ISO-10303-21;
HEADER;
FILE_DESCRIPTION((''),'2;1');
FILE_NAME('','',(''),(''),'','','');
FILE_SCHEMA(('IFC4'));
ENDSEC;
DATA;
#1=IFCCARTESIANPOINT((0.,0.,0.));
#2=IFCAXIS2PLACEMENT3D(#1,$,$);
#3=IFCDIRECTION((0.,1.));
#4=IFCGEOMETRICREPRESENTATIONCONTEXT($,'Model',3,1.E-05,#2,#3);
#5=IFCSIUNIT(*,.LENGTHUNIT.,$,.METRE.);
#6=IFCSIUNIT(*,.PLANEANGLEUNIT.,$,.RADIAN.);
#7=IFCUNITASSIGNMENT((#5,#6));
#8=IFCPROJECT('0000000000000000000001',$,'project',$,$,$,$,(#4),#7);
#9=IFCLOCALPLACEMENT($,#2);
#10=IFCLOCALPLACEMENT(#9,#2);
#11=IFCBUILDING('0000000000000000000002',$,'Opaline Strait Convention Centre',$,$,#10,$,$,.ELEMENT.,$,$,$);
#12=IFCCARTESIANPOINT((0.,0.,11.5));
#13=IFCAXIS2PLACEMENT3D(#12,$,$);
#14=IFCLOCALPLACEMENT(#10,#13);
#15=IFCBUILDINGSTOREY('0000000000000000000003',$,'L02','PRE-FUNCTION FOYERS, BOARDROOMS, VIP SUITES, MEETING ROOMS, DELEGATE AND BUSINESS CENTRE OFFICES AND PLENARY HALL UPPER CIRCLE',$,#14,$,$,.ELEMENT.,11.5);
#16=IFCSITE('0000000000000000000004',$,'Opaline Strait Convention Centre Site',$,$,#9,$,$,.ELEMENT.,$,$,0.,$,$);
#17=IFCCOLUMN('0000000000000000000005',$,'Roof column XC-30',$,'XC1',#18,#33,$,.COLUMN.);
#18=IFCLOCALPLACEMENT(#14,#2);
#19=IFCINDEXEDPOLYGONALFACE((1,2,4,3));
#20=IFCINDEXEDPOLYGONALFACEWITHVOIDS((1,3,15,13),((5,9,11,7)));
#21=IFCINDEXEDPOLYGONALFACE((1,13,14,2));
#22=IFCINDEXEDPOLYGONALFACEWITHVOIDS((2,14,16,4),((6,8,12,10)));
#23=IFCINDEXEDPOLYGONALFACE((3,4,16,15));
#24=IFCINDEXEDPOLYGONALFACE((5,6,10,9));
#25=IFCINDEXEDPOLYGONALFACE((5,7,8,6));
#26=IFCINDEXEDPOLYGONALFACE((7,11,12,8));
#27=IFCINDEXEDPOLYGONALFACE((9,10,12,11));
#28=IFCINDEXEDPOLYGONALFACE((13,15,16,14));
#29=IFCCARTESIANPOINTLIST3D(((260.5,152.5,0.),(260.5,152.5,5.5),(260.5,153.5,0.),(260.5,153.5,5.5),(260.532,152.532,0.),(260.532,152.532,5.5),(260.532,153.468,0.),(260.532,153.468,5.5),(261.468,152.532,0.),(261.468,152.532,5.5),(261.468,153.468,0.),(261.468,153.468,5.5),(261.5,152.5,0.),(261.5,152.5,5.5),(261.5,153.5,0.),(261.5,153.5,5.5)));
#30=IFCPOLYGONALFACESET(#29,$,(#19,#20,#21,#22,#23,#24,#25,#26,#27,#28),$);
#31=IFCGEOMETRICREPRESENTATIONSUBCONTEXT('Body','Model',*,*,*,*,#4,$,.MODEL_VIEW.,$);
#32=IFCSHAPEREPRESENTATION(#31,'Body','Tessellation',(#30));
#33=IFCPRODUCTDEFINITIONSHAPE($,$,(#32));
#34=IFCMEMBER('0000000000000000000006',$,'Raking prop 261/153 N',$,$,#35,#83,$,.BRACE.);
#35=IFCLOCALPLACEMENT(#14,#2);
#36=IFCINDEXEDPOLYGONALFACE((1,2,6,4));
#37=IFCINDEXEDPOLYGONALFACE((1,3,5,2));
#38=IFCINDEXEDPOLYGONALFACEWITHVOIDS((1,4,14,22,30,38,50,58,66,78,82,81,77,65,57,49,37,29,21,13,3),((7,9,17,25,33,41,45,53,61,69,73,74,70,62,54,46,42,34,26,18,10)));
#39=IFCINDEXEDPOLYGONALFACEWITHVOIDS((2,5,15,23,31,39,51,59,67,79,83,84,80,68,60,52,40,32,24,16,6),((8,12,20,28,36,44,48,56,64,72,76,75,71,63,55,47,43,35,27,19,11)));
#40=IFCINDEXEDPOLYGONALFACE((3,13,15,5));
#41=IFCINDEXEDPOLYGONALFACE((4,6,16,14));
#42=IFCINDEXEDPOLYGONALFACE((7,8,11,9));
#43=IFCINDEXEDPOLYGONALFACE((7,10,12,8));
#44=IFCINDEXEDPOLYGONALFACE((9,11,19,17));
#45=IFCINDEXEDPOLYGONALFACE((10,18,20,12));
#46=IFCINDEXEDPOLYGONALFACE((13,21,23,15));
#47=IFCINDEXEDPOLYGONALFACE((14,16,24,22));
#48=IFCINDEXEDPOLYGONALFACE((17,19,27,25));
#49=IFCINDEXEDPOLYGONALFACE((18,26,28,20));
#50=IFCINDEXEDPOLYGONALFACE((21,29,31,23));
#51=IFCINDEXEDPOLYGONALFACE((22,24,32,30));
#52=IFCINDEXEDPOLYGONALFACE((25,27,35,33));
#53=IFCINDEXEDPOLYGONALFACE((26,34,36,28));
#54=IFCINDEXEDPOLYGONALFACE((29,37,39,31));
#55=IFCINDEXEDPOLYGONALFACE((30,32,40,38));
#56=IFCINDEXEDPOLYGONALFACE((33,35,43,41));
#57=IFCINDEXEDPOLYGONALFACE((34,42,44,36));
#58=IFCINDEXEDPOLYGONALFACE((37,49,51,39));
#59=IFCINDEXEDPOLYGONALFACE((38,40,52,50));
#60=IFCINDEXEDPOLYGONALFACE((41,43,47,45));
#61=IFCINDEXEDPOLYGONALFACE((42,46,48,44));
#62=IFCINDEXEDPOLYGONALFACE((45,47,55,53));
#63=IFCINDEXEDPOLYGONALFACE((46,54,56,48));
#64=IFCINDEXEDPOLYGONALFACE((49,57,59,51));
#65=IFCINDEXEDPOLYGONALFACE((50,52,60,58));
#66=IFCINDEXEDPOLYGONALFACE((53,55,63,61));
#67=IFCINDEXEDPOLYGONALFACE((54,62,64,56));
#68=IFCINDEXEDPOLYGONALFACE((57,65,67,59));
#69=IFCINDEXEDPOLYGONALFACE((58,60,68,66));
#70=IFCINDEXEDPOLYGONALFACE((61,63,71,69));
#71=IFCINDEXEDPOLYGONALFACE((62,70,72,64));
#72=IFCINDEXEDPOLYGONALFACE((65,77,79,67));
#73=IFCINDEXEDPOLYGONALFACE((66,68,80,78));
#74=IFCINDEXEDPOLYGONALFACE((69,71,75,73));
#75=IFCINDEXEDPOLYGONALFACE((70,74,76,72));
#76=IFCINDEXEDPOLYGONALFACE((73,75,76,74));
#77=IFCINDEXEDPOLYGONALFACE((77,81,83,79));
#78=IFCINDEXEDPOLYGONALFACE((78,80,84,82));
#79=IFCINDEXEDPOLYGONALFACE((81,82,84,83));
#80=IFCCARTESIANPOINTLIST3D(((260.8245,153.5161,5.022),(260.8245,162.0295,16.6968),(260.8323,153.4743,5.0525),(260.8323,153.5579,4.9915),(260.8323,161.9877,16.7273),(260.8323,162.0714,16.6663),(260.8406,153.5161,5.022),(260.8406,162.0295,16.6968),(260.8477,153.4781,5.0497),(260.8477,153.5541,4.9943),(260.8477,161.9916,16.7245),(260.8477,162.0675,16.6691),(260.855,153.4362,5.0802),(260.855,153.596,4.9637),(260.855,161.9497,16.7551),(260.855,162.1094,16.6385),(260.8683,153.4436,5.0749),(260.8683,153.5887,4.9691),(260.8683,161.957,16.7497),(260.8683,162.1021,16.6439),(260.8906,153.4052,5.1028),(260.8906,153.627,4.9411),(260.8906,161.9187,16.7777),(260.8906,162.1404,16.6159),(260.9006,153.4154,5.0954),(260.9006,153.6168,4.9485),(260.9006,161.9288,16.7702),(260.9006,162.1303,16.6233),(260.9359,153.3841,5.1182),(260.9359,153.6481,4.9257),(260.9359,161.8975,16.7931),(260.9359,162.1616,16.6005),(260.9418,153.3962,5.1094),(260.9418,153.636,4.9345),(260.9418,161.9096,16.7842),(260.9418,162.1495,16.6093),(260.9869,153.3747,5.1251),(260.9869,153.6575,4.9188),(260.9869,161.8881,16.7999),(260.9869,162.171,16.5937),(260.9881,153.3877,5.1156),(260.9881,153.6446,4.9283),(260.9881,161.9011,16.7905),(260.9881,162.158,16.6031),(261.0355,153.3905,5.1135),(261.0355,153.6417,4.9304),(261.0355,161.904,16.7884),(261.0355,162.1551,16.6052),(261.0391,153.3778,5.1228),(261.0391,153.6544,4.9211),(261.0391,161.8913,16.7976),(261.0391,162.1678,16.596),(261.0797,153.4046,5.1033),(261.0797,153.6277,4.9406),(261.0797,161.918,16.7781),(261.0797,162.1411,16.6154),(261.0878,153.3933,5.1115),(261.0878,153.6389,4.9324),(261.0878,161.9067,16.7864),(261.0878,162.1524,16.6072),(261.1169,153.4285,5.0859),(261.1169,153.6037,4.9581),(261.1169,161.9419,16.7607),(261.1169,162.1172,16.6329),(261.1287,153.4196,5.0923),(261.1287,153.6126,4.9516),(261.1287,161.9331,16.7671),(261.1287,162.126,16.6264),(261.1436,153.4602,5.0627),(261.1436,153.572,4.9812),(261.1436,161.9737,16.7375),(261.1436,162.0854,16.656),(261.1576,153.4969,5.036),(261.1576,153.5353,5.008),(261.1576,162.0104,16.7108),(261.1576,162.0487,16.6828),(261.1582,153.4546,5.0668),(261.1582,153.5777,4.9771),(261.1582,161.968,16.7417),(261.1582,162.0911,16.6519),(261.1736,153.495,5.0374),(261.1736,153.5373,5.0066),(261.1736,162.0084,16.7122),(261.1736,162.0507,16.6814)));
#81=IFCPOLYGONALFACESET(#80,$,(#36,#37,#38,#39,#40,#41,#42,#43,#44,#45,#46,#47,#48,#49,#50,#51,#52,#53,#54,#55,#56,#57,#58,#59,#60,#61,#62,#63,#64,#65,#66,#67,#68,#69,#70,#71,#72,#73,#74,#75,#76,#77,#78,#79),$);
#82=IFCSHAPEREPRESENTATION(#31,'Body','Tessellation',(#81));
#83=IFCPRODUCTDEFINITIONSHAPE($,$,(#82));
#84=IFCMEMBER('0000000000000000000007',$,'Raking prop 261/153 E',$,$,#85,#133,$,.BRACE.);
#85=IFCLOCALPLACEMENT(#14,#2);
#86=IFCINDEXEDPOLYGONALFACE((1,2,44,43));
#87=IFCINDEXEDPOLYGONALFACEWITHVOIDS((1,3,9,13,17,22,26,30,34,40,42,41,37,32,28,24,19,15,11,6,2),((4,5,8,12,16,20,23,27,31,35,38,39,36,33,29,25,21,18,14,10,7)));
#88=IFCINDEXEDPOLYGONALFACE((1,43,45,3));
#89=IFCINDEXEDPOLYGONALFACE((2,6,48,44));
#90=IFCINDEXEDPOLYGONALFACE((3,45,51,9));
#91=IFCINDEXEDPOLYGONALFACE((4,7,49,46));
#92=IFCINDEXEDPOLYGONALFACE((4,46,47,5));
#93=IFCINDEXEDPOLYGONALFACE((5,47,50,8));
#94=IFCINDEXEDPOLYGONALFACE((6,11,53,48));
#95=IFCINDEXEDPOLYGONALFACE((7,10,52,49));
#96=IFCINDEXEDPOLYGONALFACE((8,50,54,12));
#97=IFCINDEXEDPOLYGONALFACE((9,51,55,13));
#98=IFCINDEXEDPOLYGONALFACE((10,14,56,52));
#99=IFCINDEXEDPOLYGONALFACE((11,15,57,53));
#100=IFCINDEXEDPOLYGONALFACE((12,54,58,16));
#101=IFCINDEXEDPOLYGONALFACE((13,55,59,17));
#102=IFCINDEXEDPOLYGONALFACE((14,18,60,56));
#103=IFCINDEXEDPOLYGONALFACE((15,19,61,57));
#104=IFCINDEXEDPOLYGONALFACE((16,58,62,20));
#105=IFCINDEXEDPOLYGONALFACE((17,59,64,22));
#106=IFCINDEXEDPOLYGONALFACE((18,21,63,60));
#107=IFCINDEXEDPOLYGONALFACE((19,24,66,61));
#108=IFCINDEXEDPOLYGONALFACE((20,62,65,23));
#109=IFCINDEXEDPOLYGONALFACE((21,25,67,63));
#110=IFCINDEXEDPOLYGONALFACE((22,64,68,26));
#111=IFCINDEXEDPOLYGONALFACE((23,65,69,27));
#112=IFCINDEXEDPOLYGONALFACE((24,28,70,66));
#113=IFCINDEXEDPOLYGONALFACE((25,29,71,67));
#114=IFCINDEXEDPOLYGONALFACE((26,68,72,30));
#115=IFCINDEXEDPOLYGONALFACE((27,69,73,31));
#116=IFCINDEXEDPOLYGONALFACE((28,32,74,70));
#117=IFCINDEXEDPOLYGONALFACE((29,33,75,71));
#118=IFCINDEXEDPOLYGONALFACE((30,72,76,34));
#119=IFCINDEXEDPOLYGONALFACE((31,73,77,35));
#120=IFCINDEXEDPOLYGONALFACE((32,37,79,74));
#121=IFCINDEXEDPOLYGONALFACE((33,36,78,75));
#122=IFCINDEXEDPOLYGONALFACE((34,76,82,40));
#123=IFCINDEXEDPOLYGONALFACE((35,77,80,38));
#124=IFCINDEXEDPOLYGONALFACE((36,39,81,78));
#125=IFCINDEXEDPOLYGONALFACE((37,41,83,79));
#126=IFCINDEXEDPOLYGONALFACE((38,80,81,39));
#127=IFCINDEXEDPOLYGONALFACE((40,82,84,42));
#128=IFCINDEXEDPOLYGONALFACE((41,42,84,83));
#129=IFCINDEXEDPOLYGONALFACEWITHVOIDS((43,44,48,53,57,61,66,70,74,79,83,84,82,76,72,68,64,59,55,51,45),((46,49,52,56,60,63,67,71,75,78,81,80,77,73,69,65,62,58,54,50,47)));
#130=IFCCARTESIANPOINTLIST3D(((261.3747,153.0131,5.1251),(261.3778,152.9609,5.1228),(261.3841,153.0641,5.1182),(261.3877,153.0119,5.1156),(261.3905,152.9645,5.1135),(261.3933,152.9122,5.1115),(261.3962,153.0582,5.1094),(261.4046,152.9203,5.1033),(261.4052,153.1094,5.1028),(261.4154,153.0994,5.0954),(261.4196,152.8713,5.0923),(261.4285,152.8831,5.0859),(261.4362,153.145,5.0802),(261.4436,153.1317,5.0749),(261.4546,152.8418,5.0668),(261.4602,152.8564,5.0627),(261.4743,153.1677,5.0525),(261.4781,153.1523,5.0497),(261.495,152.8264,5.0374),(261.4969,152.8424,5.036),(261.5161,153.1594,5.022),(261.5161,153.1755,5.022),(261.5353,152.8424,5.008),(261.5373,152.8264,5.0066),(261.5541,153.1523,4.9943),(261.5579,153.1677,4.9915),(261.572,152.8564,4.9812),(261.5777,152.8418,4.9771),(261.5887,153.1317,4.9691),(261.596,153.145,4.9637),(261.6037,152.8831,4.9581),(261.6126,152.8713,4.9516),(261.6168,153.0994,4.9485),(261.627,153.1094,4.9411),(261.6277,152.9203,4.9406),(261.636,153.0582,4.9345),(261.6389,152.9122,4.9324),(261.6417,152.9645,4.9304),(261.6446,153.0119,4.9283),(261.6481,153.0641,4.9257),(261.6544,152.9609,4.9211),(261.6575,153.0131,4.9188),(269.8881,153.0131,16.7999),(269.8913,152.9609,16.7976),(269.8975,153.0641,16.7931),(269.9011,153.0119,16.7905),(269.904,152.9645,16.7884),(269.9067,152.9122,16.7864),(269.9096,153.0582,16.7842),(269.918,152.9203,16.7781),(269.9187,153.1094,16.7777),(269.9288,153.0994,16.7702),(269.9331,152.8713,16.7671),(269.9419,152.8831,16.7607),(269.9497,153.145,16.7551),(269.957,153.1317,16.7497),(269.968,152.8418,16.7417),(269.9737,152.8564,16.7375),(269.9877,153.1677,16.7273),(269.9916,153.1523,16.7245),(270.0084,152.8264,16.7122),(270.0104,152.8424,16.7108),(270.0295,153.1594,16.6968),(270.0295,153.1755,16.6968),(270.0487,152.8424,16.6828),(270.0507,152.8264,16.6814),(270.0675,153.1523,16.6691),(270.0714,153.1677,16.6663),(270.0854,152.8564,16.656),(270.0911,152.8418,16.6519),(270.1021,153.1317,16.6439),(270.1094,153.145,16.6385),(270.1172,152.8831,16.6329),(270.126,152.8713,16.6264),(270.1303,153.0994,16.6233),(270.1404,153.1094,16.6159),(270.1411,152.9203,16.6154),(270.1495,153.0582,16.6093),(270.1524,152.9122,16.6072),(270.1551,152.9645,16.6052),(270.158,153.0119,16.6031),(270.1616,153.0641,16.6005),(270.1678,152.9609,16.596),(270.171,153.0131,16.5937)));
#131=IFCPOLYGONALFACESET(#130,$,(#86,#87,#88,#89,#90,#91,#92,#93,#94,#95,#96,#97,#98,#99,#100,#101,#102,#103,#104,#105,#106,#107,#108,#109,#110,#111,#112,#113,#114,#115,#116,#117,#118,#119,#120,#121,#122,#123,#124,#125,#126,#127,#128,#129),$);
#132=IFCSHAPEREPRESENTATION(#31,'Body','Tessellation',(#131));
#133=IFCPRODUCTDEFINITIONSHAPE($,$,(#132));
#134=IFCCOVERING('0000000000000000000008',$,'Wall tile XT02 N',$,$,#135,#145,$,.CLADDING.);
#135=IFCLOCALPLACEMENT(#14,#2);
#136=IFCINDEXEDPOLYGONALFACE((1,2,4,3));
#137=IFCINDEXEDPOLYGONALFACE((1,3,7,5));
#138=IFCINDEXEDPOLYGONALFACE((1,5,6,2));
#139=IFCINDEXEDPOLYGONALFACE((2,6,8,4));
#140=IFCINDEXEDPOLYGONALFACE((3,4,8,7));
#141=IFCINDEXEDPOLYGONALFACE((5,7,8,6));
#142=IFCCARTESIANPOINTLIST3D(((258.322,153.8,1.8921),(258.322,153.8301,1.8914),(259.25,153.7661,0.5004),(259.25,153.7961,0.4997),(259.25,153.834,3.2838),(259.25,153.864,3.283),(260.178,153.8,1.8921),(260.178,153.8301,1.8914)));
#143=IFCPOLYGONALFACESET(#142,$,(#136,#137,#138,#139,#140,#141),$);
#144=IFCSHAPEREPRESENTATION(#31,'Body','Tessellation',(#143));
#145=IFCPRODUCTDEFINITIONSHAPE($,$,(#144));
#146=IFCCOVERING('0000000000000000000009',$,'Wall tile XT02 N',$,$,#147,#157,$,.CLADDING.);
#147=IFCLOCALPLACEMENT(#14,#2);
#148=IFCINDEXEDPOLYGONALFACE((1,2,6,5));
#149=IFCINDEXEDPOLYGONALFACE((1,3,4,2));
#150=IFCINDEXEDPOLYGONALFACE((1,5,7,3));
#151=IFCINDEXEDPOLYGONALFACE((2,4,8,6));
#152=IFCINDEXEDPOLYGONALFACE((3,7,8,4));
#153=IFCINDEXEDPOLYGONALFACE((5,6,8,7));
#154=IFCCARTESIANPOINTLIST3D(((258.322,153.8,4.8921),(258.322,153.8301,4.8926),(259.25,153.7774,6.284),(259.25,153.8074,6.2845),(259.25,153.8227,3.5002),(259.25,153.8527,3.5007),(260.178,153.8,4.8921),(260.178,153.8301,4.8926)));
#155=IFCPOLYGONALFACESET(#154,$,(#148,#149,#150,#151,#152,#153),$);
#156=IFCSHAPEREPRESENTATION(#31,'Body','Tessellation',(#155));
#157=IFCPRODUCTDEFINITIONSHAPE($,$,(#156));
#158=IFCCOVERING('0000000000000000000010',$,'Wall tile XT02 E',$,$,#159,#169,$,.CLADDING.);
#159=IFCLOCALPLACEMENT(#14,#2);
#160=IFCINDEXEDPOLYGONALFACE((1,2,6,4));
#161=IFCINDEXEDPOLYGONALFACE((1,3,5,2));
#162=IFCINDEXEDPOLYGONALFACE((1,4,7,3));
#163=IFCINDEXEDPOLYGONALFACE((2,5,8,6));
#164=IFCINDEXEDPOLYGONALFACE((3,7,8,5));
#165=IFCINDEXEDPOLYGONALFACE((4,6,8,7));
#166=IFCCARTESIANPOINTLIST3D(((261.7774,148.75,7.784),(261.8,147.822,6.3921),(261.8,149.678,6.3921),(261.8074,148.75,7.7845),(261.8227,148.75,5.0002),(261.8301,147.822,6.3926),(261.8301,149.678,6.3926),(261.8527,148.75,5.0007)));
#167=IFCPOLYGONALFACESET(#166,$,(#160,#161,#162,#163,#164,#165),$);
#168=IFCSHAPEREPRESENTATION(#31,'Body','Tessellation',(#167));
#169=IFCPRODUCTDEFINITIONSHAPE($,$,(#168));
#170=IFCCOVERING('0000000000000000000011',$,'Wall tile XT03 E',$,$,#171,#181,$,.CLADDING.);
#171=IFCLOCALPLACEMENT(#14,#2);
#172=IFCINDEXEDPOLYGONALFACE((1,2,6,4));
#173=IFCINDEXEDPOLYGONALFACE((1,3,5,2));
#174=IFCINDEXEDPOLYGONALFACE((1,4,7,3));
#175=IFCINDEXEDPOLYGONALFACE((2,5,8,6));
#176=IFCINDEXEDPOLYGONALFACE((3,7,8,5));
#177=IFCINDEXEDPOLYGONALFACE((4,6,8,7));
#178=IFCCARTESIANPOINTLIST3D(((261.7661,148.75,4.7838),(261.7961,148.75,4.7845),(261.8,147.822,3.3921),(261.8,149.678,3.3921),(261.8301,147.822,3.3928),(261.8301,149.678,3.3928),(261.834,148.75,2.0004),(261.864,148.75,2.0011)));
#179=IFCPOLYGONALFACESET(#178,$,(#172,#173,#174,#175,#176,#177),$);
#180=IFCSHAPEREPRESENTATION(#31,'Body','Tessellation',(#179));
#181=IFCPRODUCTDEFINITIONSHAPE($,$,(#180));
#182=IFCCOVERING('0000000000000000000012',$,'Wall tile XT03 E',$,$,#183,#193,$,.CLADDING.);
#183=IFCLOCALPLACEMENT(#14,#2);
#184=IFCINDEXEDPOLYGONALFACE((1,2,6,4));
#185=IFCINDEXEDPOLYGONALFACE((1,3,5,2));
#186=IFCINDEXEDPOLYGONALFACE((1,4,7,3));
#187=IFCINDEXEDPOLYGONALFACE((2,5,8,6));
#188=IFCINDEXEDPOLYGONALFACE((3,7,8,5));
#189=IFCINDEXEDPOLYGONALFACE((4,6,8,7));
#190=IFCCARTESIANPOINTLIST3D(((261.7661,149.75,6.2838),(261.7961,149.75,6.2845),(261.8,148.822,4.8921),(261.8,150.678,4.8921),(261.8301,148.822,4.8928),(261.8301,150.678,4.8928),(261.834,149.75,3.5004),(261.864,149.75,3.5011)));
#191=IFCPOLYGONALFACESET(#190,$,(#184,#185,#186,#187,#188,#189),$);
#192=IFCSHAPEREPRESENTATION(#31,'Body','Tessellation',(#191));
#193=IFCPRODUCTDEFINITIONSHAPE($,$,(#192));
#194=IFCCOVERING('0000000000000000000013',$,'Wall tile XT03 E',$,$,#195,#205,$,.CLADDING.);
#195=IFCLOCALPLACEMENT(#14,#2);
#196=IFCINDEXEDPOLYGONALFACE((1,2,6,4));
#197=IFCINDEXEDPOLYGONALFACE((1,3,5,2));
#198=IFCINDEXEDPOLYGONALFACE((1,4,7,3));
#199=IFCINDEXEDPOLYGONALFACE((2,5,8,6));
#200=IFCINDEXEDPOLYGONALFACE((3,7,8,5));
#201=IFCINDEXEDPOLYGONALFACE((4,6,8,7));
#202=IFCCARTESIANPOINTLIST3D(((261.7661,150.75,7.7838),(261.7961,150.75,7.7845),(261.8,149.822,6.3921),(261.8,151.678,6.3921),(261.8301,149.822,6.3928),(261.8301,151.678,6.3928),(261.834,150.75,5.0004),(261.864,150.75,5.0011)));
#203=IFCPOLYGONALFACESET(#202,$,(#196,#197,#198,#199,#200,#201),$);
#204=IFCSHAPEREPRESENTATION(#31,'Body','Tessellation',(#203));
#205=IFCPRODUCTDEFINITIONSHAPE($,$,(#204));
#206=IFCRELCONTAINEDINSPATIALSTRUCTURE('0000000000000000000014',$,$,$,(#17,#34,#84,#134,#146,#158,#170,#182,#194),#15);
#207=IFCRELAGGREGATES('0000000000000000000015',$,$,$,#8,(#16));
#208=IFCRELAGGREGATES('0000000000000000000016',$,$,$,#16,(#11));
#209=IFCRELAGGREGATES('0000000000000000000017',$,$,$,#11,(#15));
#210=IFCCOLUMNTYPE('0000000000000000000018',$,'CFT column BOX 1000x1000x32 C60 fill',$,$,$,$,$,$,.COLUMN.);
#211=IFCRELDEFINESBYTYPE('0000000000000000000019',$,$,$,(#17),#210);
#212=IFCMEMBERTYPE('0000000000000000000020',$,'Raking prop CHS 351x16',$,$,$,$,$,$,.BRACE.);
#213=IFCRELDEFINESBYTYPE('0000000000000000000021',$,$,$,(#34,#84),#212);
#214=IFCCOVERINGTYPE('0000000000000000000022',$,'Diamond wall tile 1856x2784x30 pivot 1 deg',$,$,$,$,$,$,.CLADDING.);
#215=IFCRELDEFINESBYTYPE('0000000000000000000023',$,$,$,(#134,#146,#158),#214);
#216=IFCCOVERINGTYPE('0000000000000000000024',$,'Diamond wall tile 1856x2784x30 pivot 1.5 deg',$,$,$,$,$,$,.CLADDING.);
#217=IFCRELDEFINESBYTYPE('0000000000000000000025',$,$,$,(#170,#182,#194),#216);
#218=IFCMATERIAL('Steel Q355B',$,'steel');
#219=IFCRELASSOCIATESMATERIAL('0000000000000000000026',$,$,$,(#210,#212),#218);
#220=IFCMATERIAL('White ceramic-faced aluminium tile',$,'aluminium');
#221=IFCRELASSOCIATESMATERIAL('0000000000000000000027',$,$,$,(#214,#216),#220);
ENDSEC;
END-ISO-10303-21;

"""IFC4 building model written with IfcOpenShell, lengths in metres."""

from ifc_helpers import new_model, si_unit, direction, frame, origin, origin_2d, place, context, subcontext, project, spatial, polyline, hollow_rectangle, hollow_circle, outline, extrude, material, material_profile, profile_set, type_object, element, save


model = new_model("IFC4")

# Units and contexts
model_context = context("Model", 3, precision=1e-05, world=origin(), true_north=direction((0.0, 1.0)))
body_context = subcontext(model_context, "Body", "Model", "MODEL_VIEW")
ifc_project = project(units=[si_unit("LENGTHUNIT", "METRE"), si_unit("PLANEANGLEUNIT", "RADIAN")], contexts=[model_context])

# Site, building, storey
site_placement = place(None, origin())
site = spatial("IfcSite", under=ifc_project, at=site_placement, Name="Opaline Strait Convention Centre Site", CompositionType="ELEMENT", RefElevation=0.0)
building_placement = place(site_placement, origin())
building = spatial("IfcBuilding", under=site, at=building_placement, Name="Opaline Strait Convention Centre", CompositionType="ELEMENT")
storey_placement = place(building_placement, frame((0.0, 0.0, 11.5)))
storey = spatial("IfcBuildingStorey", under=building, at=storey_placement, Name="L02", Description="PRE-FUNCTION FOYERS, BOARDROOMS, VIP SUITES, MEETING ROOMS, DELEGATE AND BUSINESS CENTRE OFFICES AND PLENARY HALL UPPER CIRCLE", CompositionType="ELEMENT", Elevation=11.5)

# Column
ifc_material_1 = material(Name="Steel Q355B", Category="steel")
ifc_material_profile_1 = material_profile(ifc_material_1, hollow_rectangle(XDim=1.0, YDim=1.0, WallThickness=0.032, at=origin_2d()), Name="BOX 1000x1000x32")
ifc_profile_set_1 = profile_set([ifc_material_profile_1], Name="Steel Q355B")
column_type = type_object("IfcColumnType", Name="CFT column BOX 1000x1000x32 C60 fill", PredefinedType="COLUMN", material=ifc_profile_set_1)
column_placement = place(storey_placement, frame((261.0, 153.0, 0.0), z_axis=(0.0, 0.0, 1.0), x_axis=(1.0, 0.0, 0.0)))
element("IfcColumn", 1, at=column_placement, inside=storey, type_object=column_type, Name="Roof column XC-30", ObjectType="XC1", PredefinedType="COLUMN", context=body_context, shape_type="SweptSolid", body=[
    extrude(hollow_rectangle(XDim=1.0, YDim=1.0, WallThickness=0.032, at=origin_2d()), origin(), (0.0, 0.0, 1.0), 5.5),
])

# Members
ifc_material_profile_2 = material_profile(ifc_material_1, hollow_circle(Radius=0.1755, WallThickness=0.0161, at=origin_2d()), Name="CHS 351x16")
ifc_profile_set_2 = profile_set([ifc_material_profile_2], Name="Steel Q355B")
member_type = type_object("IfcMemberType", Name="Raking prop CHS 351x16", PredefinedType="BRACE", material=ifc_profile_set_2)
for number, where, z_axis, x_axis, name in (
    (2, (261.0, 153.5161, 5.022), (0.0, 0.589197, 0.807989), (-1.0, 0.0, 0.0), "Raking prop 261/153 N"),
    (3, (261.5161, 153.0, 5.022), (0.589197, 0.0, 0.807989), (0.0, 1.0, 0.0), "Raking prop 261/153 E"),
):
    element("IfcMember", number, at=place(storey_placement, frame(where, z_axis=z_axis, x_axis=x_axis)), inside=storey, type_object=member_type, Name=name, PredefinedType="BRACE", context=body_context, shape_type="SweptSolid", body=[
        extrude(hollow_circle(Radius=0.1755, WallThickness=0.0161, at=origin_2d()), origin(), (0.0, 0.0, 1.0), 14.4492),
    ])

# Coverings
ifc_material_2 = material(Name="White ceramic-faced aluminium tile", Category="aluminium")
ifc_material_profile_3 = material_profile(ifc_material_2, outline(polyline([(0.928, 0.0), (0.0, 1.3921), (-0.928, 0.0), (0.0, -1.3921), (0.928, 0.0)])), Name="Diamond tile 1856x2784")
ifc_profile_set_3 = profile_set([ifc_material_profile_3], Name="White ceramic-faced aluminium tile")
covering_type_1 = type_object("IfcCoveringType", Name="Diamond wall tile 1856x2784x30 pivot 1 deg", PredefinedType="CLADDING", material=ifc_profile_set_3)
for number, where, z_axis, x_axis, name in (
    (4, (259.25, 153.8, 1.8921), (0.0, 0.999703, -0.024383), (-1.0, 0.0, 0.0), "Wall tile XT02 N"),
    (5, (259.25, 153.8, 4.8921), (0.0, 0.999868, 0.016258), (-1.0, 0.0, 0.0), "Wall tile XT02 N"),
    (6, (261.8, 148.75, 6.3921), (0.999868, 0.0, 0.016258), (0.0, 1.0, 0.0), "Wall tile XT02 E"),
):
    element("IfcCovering", number, at=place(storey_placement, frame(where, z_axis=z_axis, x_axis=x_axis)), inside=storey, type_object=covering_type_1, Name=name, PredefinedType="CLADDING", context=body_context, shape_type="SweptSolid", body=[
        extrude(outline(polyline([(0.928, 0.0), (0.0, 1.3921), (-0.928, 0.0), (0.0, -1.3921), (0.928, 0.0)])), origin(), (0.0, 0.0, 1.0), 0.03),
    ])
ifc_material_profile_4 = material_profile(ifc_material_2, outline(polyline([(0.928, 0.0), (0.0, 1.3921), (-0.928, 0.0), (0.0, -1.3921), (0.928, 0.0)])), Name="Diamond tile 1856x2784")
ifc_profile_set_4 = profile_set([ifc_material_profile_4], Name="White ceramic-faced aluminium tile")
covering_type_2 = type_object("IfcCoveringType", Name="Diamond wall tile 1856x2784x30 pivot 1.5 deg", PredefinedType="CLADDING", material=ifc_profile_set_4)
for number, where, z_axis, x_axis, name in (
    (7, (261.8, 148.75, 3.3921), (0.999703, 0.0, 0.024383), (0.0, 1.0, 0.0), "Wall tile XT03 E"),
    (8, (261.8, 149.75, 4.8921), (0.999703, 0.0, 0.024383), (0.0, 1.0, 0.0), "Wall tile XT03 E"),
    (9, (261.8, 150.75, 6.3921), (0.999703, 0.0, 0.024383), (0.0, 1.0, 0.0), "Wall tile XT03 E"),
):
    element("IfcCovering", number, at=place(storey_placement, frame(where, z_axis=z_axis, x_axis=x_axis)), inside=storey, type_object=covering_type_2, Name=name, PredefinedType="CLADDING", context=body_context, shape_type="SweptSolid", body=[
        extrude(outline(polyline([(0.928, 0.0), (0.0, 1.3921), (-0.928, 0.0), (0.0, -1.3921), (0.928, 0.0)])), origin(), (0.0, 0.0, 1.0), 0.03),
    ])

save(model, "model.ifc")
